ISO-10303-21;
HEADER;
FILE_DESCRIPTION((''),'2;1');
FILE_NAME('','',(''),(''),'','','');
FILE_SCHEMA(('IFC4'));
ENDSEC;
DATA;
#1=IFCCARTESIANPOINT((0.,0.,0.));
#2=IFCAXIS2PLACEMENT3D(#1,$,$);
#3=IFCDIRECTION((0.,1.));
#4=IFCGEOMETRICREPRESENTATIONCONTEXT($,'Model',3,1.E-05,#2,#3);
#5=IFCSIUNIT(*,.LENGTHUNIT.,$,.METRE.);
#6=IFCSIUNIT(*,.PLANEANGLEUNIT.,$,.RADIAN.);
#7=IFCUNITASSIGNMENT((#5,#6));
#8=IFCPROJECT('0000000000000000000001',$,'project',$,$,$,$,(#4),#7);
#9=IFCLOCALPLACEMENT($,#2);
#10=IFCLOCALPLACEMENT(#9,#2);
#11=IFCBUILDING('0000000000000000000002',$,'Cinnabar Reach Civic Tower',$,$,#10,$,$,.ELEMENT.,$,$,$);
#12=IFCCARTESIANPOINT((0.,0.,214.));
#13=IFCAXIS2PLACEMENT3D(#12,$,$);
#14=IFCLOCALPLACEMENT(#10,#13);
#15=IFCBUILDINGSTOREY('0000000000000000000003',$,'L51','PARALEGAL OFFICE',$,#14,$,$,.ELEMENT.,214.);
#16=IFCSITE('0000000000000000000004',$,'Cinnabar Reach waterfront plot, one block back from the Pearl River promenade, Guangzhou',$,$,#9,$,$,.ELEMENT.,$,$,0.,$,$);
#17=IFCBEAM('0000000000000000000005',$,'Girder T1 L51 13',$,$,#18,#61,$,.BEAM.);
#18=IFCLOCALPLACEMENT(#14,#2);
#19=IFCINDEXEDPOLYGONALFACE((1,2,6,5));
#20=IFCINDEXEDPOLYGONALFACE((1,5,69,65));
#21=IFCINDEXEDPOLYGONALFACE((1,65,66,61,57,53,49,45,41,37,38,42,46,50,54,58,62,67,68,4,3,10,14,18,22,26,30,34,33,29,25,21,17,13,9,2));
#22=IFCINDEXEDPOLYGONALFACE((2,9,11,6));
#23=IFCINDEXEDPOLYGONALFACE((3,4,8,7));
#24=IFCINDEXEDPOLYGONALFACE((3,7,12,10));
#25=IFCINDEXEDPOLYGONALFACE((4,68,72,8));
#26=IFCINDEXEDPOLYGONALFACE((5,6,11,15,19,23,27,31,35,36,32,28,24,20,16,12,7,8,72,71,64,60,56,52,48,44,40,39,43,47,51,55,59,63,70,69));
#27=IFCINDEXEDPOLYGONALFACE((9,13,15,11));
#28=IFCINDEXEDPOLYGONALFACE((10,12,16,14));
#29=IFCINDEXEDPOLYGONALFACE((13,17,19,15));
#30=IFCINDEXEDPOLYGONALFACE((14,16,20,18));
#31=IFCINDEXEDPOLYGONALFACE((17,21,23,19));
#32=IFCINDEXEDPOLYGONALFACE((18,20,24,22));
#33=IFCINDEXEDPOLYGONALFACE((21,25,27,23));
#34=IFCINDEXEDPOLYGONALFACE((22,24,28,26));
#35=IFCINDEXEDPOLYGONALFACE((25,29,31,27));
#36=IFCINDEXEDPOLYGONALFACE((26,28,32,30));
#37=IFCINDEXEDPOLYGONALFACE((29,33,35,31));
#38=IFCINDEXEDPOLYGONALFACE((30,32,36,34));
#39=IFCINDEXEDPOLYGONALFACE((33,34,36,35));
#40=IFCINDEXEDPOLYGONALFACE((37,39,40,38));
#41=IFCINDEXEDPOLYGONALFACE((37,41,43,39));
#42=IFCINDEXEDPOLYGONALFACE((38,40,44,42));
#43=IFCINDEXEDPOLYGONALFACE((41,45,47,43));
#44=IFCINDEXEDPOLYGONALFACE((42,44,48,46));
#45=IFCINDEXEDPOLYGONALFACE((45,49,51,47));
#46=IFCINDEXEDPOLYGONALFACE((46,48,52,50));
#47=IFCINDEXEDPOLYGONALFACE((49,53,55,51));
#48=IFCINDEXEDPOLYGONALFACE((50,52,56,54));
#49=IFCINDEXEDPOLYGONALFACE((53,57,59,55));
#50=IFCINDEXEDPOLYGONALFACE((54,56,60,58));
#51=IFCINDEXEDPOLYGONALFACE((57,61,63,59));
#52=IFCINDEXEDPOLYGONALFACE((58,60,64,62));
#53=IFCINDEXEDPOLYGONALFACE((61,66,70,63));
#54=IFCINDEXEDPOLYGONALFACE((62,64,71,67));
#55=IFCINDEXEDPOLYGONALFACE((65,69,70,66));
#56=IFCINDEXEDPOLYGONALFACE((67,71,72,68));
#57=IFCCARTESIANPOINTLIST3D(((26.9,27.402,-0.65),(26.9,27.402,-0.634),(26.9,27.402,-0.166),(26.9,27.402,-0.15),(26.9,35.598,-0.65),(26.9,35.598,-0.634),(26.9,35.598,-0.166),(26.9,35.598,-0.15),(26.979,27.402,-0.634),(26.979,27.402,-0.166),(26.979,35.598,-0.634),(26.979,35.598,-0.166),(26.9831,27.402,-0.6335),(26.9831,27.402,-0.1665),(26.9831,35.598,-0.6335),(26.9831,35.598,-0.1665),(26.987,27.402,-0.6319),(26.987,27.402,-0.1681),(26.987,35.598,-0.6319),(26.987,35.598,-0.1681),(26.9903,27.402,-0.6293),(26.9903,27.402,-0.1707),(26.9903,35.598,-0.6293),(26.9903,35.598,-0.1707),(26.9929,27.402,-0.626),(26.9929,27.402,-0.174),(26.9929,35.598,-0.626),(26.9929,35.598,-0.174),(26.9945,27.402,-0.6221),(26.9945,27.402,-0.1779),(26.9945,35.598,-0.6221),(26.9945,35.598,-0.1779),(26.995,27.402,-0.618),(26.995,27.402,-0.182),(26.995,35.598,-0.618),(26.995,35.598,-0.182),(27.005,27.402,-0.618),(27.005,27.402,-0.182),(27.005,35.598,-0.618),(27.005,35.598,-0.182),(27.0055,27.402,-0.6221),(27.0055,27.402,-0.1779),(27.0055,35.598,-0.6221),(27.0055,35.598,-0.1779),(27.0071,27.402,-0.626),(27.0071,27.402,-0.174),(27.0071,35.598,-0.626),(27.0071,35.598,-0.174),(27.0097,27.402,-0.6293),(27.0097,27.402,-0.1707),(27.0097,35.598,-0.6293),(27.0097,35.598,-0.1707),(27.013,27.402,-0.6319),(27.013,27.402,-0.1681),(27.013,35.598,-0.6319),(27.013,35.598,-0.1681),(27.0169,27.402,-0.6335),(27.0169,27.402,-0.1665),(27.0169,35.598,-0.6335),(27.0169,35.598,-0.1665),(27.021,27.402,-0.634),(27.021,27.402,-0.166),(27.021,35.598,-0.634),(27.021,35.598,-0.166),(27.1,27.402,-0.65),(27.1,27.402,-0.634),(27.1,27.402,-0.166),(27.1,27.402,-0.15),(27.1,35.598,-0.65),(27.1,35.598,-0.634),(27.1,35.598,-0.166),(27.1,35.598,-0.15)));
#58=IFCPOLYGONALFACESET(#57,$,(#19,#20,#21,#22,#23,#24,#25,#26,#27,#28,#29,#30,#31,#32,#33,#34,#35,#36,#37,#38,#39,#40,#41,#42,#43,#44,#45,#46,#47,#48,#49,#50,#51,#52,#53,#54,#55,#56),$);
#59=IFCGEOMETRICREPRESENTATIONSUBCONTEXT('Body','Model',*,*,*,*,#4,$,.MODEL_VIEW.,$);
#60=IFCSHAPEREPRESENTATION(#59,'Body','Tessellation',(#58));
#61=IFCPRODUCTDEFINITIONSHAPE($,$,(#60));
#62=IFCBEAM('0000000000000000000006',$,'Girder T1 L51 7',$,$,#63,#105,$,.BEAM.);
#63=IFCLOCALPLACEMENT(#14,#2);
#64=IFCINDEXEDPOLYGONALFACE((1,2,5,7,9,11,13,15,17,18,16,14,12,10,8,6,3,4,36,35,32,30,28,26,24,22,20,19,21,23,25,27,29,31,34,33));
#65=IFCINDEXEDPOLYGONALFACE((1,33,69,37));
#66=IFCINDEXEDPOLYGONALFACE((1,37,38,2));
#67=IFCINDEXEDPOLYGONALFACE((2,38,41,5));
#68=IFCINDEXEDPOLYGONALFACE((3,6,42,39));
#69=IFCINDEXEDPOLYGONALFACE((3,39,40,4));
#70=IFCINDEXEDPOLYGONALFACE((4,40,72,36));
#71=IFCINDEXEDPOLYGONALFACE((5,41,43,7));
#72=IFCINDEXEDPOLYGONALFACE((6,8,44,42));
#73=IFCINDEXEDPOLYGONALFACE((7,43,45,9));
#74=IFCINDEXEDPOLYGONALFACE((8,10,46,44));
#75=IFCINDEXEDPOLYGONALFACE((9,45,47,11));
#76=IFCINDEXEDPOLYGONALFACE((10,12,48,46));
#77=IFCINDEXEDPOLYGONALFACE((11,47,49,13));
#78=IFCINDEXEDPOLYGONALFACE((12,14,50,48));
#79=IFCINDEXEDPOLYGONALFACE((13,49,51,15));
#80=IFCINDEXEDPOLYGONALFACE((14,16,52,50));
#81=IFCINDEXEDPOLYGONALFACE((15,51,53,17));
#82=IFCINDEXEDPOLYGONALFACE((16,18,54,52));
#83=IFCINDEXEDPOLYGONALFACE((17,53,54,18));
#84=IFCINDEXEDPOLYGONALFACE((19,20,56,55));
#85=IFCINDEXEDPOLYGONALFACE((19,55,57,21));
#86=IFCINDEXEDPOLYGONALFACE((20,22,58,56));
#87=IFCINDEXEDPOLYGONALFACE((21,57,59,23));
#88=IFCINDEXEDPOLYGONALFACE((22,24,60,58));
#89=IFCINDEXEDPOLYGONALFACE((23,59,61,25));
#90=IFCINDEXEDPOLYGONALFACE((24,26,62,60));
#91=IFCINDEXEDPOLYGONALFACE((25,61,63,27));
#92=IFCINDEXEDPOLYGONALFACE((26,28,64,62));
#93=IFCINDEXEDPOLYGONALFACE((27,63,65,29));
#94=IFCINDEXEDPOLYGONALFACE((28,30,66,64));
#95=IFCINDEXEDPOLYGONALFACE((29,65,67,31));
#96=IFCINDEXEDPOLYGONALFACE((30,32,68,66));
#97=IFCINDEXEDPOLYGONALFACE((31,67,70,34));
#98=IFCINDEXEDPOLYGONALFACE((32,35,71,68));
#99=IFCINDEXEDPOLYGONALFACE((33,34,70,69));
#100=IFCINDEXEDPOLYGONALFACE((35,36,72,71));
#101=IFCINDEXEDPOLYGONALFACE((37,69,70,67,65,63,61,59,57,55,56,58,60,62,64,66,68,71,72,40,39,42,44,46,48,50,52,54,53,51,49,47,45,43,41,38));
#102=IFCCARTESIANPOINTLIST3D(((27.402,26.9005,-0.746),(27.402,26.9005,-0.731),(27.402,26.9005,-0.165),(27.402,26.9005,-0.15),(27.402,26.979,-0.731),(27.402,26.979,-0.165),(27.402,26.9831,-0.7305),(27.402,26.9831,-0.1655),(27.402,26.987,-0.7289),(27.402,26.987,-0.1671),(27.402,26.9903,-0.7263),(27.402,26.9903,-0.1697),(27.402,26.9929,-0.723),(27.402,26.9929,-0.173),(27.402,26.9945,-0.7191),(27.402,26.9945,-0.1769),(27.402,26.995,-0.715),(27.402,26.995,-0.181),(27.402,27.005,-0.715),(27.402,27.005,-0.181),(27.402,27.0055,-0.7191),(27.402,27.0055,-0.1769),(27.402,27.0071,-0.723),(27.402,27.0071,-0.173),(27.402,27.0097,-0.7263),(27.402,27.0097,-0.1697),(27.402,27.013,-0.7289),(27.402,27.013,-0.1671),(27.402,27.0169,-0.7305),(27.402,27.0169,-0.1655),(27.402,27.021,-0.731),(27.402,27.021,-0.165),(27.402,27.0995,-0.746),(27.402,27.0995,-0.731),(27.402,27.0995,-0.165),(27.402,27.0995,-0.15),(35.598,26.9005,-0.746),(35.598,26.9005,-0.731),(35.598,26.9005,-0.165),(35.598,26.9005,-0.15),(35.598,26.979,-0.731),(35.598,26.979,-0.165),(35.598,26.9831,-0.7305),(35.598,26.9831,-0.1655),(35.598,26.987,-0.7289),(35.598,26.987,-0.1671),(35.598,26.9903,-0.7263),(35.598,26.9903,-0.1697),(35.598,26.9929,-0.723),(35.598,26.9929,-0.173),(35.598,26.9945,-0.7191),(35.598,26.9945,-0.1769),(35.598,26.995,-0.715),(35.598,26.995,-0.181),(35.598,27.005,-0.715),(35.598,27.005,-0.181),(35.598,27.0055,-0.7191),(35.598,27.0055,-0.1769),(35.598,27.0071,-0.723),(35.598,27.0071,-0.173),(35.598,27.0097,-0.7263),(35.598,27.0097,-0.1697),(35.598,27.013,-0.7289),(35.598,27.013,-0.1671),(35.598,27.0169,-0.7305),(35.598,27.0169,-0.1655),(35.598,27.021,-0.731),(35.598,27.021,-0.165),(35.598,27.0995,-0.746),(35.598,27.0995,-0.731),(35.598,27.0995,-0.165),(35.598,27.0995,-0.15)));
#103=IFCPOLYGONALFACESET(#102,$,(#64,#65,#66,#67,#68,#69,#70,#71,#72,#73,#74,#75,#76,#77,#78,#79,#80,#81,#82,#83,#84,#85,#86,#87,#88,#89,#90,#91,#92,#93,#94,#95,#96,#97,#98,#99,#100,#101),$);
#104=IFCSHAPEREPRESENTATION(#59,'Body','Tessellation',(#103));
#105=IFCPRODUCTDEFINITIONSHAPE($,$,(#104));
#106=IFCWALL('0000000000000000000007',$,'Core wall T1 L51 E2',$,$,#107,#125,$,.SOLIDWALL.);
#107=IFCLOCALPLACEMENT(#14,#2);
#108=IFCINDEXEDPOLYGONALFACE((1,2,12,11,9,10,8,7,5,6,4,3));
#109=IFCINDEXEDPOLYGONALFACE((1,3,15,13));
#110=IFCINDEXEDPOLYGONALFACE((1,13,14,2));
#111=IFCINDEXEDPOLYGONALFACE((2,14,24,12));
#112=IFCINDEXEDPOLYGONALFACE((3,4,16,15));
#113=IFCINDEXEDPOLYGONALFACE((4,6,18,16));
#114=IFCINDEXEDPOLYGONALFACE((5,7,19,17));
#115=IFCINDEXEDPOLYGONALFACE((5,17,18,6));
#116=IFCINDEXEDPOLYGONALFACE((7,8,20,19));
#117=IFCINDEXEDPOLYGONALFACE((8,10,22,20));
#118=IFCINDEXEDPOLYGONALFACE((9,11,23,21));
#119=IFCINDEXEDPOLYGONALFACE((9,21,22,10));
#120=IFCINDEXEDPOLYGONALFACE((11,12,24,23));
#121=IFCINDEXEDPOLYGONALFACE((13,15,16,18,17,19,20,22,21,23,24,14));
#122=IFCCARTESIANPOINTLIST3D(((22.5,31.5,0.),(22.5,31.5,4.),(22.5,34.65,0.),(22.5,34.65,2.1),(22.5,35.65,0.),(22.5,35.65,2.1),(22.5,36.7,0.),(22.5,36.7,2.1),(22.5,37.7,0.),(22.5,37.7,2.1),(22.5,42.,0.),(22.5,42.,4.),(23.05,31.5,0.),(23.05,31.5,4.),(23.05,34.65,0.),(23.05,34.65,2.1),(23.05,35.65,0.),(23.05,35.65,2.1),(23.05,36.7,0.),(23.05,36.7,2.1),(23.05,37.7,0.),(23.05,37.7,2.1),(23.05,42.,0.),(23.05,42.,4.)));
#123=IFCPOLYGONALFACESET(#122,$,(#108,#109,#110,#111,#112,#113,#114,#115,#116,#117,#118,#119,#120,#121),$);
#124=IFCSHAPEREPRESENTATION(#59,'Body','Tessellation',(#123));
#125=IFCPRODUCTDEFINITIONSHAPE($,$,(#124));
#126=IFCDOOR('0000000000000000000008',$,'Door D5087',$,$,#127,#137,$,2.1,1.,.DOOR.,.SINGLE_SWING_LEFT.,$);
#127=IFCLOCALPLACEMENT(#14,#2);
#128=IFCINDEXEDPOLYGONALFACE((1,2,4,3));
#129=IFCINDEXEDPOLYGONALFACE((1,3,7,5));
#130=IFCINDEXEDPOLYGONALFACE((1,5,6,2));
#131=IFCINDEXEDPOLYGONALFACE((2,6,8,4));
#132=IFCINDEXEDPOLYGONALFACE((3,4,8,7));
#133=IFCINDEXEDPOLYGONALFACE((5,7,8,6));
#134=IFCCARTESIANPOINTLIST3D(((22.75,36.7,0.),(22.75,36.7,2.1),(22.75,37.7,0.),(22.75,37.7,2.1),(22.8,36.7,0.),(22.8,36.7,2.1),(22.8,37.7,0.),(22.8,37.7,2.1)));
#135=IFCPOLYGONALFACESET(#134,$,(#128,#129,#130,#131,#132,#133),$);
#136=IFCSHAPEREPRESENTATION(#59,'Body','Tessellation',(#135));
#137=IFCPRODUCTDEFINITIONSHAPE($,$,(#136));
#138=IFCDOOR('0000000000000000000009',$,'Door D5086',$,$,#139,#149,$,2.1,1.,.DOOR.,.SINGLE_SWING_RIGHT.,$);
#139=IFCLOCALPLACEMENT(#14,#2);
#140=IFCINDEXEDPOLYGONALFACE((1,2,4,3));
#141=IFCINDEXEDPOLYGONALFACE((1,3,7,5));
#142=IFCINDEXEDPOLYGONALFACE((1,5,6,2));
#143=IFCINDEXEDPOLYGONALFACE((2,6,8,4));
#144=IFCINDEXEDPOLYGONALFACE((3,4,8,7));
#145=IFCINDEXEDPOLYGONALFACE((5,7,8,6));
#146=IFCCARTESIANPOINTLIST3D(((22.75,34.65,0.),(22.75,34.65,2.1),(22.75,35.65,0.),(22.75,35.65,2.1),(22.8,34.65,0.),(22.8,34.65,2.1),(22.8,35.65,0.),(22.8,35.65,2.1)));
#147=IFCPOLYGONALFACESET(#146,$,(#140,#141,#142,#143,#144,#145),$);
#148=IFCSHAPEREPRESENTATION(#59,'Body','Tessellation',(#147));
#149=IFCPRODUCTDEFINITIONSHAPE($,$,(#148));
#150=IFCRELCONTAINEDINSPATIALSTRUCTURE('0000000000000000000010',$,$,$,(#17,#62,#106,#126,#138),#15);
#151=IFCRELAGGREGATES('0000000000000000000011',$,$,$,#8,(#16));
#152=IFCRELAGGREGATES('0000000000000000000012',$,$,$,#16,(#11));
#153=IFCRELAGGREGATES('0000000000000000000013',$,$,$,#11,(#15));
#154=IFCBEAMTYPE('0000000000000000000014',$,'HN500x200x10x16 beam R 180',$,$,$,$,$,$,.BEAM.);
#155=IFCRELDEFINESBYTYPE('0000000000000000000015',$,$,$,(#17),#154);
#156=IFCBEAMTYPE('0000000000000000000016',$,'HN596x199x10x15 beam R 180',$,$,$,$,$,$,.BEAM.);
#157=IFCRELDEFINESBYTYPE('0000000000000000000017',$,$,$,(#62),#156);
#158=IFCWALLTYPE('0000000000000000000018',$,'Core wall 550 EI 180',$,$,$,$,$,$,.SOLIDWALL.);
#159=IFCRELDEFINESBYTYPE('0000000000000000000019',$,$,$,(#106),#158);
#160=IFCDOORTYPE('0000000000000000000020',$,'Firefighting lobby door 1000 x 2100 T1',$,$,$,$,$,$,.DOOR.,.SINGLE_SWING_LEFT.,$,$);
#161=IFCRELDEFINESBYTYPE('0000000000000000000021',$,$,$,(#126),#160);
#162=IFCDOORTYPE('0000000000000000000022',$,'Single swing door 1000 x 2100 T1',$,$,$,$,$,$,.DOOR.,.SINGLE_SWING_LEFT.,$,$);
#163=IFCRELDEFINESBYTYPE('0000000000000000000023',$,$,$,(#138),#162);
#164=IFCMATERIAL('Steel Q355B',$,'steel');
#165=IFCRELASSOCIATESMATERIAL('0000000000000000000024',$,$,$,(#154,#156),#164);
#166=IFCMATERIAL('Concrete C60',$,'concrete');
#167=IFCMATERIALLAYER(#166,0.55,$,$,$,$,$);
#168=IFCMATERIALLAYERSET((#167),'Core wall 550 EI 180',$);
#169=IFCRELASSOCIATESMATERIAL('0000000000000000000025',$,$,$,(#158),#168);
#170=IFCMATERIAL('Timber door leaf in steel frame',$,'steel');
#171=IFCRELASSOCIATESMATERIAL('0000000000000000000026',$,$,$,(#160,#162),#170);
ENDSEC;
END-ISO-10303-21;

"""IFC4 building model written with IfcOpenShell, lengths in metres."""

from ifc_helpers import new_model, si_unit, direction, frame, frame_2d, origin, origin_2d, place, context, subcontext, project, spatial, rectangle, i_section, extrude, material, layer, layer_set, material_profile, profile_set, type_object, element, fill, save


model = new_model("IFC4")

# Units and contexts
model_context = context("Model", 3, precision=1e-05, world=origin(), true_north=direction((0.0, 1.0)))
body_context = subcontext(model_context, "Body", "Model", "MODEL_VIEW")
ifc_project = project(units=[si_unit("LENGTHUNIT", "METRE"), si_unit("PLANEANGLEUNIT", "RADIAN")], contexts=[model_context])

# Site, building, storey
site_placement = place(None, origin())
site = spatial("IfcSite", under=ifc_project, at=site_placement, Name="Cinnabar Reach waterfront plot, one block back from the Pearl River promenade, Guangzhou", CompositionType="ELEMENT", RefElevation=0.0)
building_placement = place(site_placement, origin())
building = spatial("IfcBuilding", under=site, at=building_placement, Name="Cinnabar Reach Civic Tower", CompositionType="ELEMENT")
storey_placement = place(building_placement, frame((0.0, 0.0, 214.0)))
storey = spatial("IfcBuildingStorey", under=building, at=storey_placement, Name="L51", Description="PARALEGAL OFFICE", CompositionType="ELEMENT", Elevation=214.0)

# Shared definitions
ifc_material_1 = material(Name="Concrete C60", Category="concrete")

# Beams
ifc_material_2 = material(Name="Steel Q355B", Category="steel")
ifc_material_profile_1 = material_profile(ifc_material_2, i_section(OverallWidth=0.2, OverallDepth=0.5, WebThickness=0.01, FlangeThickness=0.016, FilletRadius=0.016, at=origin_2d()), Name="HN500x200x10x16")
ifc_profile_set_1 = profile_set([ifc_material_profile_1], Name="Steel Q355B")
beam_type_1 = type_object("IfcBeamType", Name="HN500x200x10x16 beam R 180", PredefinedType="BEAM", material=ifc_profile_set_1)
beam_1_placement = place(storey_placement, frame((27.0, 27.402, -0.4), z_axis=(0.0, 1.0, 0.0), x_axis=(-1.0, 0.0, 0.0)))
element("IfcBeam", 1, at=beam_1_placement, inside=storey, type_object=beam_type_1, Name="Girder T1 L51 13", PredefinedType="BEAM", context=body_context, shape_type="SweptSolid", body=[
    extrude(i_section(OverallWidth=0.2, OverallDepth=0.5, WebThickness=0.01, FlangeThickness=0.016, FilletRadius=0.016, at=origin_2d()), origin(), (0.0, 0.0, 1.0), 8.196),
])
ifc_material_profile_2 = material_profile(ifc_material_2, i_section(OverallWidth=0.199, OverallDepth=0.596, WebThickness=0.01, FlangeThickness=0.015, FilletRadius=0.016, at=origin_2d()), Name="HN596x199x10x15")
ifc_profile_set_2 = profile_set([ifc_material_profile_2], Name="Steel Q355B")
beam_type_2 = type_object("IfcBeamType", Name="HN596x199x10x15 beam R 180", PredefinedType="BEAM", material=ifc_profile_set_2)
beam_2_placement = place(storey_placement, frame((27.402, 27.0, -0.448), z_axis=(1.0, 0.0, 0.0), x_axis=(0.0, 1.0, 0.0)))
element("IfcBeam", 2, at=beam_2_placement, inside=storey, type_object=beam_type_2, Name="Girder T1 L51 7", PredefinedType="BEAM", context=body_context, shape_type="SweptSolid", body=[
    extrude(i_section(OverallWidth=0.199, OverallDepth=0.596, WebThickness=0.01, FlangeThickness=0.015, FilletRadius=0.016, at=origin_2d()), origin(), (0.0, 0.0, 1.0), 8.196),
])

# Wall, openings, doors
ifc_layer_1 = layer(ifc_material_1, 0.55)
ifc_layer_set_1 = layer_set([ifc_layer_1], Name="Core wall 550 EI 180")
wall_type_1 = type_object("IfcWallType", Name="Core wall 550 EI 180", PredefinedType="SOLIDWALL", material=ifc_layer_set_1)
wall_1_placement = place(storey_placement, frame((22.775, 31.5, 0.0), z_axis=(0.0, 0.0, 1.0), x_axis=(0.0, 1.0, 0.0)))
wall_1 = element("IfcWall", 3, at=wall_1_placement, inside=storey, type_object=wall_type_1, Name="Core wall T1 L51 E2", PredefinedType="SOLIDWALL", context=body_context, shape_type="SweptSolid", body=[
    extrude(rectangle(XDim=10.5, YDim=0.55, at=frame_2d((5.25, 0.0))), origin(), (0.0, 0.0, 1.0), 4.0),
])
opening_1_placement = place(wall_1_placement, frame((3.15, 0.0, 0.0)))
opening_1 = element("IfcOpeningElement", 4, at=opening_1_placement, cuts=wall_1, PredefinedType="OPENING", context=body_context, shape_type="SweptSolid", body=[
    extrude(rectangle(XDim=1.0, YDim=2.1, at=frame_2d((0.5, 1.05))), frame((0.0, 0.285, 0.0), z_axis=(0.0, -1.0, 0.0), x_axis=(1.0, 0.0, 0.0)), (0.0, 0.0, 1.0), 0.57),
])
opening_2_placement = place(wall_1_placement, frame((5.2, 0.0, 0.0)))
opening_2 = element("IfcOpeningElement", 5, at=opening_2_placement, cuts=wall_1, PredefinedType="OPENING", context=body_context, shape_type="SweptSolid", body=[
    extrude(rectangle(XDim=1.0, YDim=2.1, at=frame_2d((0.5, 1.05))), frame((0.0, 0.285, 0.0), z_axis=(0.0, -1.0, 0.0), x_axis=(1.0, 0.0, 0.0)), (0.0, 0.0, 1.0), 0.57),
])
ifc_material_3 = material(Name="Timber door leaf in steel frame", Category="steel")
door_type_1 = type_object("IfcDoorType", Name="Firefighting lobby door 1000 x 2100 T1", OperationType="SINGLE_SWING_LEFT", PredefinedType="DOOR", material=ifc_material_3)
door_1_placement = place(opening_2_placement, origin())
door_1 = element("IfcDoor", 6, at=door_1_placement, inside=storey, type_object=door_type_1, Name="Door D5087", OperationType="SINGLE_SWING_LEFT", OverallHeight=2.1, OverallWidth=1.0, PredefinedType="DOOR", context=body_context, shape_type="SweptSolid", body=[
    extrude(rectangle(XDim=1.0, YDim=2.1, at=frame_2d((0.5, 1.05))), frame((0.0, 0.025, 0.0), z_axis=(0.0, -1.0, 0.0), x_axis=(1.0, 0.0, 0.0)), (0.0, 0.0, 1.0), 0.05),
])
fill(opening_2, door_1)
door_type_2 = type_object("IfcDoorType", Name="Single swing door 1000 x 2100 T1", OperationType="SINGLE_SWING_LEFT", PredefinedType="DOOR", material=ifc_material_3)
door_2_placement = place(opening_1_placement, origin())
door_2 = element("IfcDoor", 7, at=door_2_placement, inside=storey, type_object=door_type_2, Name="Door D5086", OperationType="SINGLE_SWING_RIGHT", OverallHeight=2.1, OverallWidth=1.0, PredefinedType="DOOR", context=body_context, shape_type="SweptSolid", body=[
    extrude(rectangle(XDim=1.0, YDim=2.1, at=frame_2d((0.5, 1.05))), frame((0.0, 0.025, 0.0), z_axis=(0.0, -1.0, 0.0), x_axis=(1.0, 0.0, 0.0)), (0.0, 0.0, 1.0), 0.05),
])
fill(opening_1, door_2)

save(model, "model.ifc")
